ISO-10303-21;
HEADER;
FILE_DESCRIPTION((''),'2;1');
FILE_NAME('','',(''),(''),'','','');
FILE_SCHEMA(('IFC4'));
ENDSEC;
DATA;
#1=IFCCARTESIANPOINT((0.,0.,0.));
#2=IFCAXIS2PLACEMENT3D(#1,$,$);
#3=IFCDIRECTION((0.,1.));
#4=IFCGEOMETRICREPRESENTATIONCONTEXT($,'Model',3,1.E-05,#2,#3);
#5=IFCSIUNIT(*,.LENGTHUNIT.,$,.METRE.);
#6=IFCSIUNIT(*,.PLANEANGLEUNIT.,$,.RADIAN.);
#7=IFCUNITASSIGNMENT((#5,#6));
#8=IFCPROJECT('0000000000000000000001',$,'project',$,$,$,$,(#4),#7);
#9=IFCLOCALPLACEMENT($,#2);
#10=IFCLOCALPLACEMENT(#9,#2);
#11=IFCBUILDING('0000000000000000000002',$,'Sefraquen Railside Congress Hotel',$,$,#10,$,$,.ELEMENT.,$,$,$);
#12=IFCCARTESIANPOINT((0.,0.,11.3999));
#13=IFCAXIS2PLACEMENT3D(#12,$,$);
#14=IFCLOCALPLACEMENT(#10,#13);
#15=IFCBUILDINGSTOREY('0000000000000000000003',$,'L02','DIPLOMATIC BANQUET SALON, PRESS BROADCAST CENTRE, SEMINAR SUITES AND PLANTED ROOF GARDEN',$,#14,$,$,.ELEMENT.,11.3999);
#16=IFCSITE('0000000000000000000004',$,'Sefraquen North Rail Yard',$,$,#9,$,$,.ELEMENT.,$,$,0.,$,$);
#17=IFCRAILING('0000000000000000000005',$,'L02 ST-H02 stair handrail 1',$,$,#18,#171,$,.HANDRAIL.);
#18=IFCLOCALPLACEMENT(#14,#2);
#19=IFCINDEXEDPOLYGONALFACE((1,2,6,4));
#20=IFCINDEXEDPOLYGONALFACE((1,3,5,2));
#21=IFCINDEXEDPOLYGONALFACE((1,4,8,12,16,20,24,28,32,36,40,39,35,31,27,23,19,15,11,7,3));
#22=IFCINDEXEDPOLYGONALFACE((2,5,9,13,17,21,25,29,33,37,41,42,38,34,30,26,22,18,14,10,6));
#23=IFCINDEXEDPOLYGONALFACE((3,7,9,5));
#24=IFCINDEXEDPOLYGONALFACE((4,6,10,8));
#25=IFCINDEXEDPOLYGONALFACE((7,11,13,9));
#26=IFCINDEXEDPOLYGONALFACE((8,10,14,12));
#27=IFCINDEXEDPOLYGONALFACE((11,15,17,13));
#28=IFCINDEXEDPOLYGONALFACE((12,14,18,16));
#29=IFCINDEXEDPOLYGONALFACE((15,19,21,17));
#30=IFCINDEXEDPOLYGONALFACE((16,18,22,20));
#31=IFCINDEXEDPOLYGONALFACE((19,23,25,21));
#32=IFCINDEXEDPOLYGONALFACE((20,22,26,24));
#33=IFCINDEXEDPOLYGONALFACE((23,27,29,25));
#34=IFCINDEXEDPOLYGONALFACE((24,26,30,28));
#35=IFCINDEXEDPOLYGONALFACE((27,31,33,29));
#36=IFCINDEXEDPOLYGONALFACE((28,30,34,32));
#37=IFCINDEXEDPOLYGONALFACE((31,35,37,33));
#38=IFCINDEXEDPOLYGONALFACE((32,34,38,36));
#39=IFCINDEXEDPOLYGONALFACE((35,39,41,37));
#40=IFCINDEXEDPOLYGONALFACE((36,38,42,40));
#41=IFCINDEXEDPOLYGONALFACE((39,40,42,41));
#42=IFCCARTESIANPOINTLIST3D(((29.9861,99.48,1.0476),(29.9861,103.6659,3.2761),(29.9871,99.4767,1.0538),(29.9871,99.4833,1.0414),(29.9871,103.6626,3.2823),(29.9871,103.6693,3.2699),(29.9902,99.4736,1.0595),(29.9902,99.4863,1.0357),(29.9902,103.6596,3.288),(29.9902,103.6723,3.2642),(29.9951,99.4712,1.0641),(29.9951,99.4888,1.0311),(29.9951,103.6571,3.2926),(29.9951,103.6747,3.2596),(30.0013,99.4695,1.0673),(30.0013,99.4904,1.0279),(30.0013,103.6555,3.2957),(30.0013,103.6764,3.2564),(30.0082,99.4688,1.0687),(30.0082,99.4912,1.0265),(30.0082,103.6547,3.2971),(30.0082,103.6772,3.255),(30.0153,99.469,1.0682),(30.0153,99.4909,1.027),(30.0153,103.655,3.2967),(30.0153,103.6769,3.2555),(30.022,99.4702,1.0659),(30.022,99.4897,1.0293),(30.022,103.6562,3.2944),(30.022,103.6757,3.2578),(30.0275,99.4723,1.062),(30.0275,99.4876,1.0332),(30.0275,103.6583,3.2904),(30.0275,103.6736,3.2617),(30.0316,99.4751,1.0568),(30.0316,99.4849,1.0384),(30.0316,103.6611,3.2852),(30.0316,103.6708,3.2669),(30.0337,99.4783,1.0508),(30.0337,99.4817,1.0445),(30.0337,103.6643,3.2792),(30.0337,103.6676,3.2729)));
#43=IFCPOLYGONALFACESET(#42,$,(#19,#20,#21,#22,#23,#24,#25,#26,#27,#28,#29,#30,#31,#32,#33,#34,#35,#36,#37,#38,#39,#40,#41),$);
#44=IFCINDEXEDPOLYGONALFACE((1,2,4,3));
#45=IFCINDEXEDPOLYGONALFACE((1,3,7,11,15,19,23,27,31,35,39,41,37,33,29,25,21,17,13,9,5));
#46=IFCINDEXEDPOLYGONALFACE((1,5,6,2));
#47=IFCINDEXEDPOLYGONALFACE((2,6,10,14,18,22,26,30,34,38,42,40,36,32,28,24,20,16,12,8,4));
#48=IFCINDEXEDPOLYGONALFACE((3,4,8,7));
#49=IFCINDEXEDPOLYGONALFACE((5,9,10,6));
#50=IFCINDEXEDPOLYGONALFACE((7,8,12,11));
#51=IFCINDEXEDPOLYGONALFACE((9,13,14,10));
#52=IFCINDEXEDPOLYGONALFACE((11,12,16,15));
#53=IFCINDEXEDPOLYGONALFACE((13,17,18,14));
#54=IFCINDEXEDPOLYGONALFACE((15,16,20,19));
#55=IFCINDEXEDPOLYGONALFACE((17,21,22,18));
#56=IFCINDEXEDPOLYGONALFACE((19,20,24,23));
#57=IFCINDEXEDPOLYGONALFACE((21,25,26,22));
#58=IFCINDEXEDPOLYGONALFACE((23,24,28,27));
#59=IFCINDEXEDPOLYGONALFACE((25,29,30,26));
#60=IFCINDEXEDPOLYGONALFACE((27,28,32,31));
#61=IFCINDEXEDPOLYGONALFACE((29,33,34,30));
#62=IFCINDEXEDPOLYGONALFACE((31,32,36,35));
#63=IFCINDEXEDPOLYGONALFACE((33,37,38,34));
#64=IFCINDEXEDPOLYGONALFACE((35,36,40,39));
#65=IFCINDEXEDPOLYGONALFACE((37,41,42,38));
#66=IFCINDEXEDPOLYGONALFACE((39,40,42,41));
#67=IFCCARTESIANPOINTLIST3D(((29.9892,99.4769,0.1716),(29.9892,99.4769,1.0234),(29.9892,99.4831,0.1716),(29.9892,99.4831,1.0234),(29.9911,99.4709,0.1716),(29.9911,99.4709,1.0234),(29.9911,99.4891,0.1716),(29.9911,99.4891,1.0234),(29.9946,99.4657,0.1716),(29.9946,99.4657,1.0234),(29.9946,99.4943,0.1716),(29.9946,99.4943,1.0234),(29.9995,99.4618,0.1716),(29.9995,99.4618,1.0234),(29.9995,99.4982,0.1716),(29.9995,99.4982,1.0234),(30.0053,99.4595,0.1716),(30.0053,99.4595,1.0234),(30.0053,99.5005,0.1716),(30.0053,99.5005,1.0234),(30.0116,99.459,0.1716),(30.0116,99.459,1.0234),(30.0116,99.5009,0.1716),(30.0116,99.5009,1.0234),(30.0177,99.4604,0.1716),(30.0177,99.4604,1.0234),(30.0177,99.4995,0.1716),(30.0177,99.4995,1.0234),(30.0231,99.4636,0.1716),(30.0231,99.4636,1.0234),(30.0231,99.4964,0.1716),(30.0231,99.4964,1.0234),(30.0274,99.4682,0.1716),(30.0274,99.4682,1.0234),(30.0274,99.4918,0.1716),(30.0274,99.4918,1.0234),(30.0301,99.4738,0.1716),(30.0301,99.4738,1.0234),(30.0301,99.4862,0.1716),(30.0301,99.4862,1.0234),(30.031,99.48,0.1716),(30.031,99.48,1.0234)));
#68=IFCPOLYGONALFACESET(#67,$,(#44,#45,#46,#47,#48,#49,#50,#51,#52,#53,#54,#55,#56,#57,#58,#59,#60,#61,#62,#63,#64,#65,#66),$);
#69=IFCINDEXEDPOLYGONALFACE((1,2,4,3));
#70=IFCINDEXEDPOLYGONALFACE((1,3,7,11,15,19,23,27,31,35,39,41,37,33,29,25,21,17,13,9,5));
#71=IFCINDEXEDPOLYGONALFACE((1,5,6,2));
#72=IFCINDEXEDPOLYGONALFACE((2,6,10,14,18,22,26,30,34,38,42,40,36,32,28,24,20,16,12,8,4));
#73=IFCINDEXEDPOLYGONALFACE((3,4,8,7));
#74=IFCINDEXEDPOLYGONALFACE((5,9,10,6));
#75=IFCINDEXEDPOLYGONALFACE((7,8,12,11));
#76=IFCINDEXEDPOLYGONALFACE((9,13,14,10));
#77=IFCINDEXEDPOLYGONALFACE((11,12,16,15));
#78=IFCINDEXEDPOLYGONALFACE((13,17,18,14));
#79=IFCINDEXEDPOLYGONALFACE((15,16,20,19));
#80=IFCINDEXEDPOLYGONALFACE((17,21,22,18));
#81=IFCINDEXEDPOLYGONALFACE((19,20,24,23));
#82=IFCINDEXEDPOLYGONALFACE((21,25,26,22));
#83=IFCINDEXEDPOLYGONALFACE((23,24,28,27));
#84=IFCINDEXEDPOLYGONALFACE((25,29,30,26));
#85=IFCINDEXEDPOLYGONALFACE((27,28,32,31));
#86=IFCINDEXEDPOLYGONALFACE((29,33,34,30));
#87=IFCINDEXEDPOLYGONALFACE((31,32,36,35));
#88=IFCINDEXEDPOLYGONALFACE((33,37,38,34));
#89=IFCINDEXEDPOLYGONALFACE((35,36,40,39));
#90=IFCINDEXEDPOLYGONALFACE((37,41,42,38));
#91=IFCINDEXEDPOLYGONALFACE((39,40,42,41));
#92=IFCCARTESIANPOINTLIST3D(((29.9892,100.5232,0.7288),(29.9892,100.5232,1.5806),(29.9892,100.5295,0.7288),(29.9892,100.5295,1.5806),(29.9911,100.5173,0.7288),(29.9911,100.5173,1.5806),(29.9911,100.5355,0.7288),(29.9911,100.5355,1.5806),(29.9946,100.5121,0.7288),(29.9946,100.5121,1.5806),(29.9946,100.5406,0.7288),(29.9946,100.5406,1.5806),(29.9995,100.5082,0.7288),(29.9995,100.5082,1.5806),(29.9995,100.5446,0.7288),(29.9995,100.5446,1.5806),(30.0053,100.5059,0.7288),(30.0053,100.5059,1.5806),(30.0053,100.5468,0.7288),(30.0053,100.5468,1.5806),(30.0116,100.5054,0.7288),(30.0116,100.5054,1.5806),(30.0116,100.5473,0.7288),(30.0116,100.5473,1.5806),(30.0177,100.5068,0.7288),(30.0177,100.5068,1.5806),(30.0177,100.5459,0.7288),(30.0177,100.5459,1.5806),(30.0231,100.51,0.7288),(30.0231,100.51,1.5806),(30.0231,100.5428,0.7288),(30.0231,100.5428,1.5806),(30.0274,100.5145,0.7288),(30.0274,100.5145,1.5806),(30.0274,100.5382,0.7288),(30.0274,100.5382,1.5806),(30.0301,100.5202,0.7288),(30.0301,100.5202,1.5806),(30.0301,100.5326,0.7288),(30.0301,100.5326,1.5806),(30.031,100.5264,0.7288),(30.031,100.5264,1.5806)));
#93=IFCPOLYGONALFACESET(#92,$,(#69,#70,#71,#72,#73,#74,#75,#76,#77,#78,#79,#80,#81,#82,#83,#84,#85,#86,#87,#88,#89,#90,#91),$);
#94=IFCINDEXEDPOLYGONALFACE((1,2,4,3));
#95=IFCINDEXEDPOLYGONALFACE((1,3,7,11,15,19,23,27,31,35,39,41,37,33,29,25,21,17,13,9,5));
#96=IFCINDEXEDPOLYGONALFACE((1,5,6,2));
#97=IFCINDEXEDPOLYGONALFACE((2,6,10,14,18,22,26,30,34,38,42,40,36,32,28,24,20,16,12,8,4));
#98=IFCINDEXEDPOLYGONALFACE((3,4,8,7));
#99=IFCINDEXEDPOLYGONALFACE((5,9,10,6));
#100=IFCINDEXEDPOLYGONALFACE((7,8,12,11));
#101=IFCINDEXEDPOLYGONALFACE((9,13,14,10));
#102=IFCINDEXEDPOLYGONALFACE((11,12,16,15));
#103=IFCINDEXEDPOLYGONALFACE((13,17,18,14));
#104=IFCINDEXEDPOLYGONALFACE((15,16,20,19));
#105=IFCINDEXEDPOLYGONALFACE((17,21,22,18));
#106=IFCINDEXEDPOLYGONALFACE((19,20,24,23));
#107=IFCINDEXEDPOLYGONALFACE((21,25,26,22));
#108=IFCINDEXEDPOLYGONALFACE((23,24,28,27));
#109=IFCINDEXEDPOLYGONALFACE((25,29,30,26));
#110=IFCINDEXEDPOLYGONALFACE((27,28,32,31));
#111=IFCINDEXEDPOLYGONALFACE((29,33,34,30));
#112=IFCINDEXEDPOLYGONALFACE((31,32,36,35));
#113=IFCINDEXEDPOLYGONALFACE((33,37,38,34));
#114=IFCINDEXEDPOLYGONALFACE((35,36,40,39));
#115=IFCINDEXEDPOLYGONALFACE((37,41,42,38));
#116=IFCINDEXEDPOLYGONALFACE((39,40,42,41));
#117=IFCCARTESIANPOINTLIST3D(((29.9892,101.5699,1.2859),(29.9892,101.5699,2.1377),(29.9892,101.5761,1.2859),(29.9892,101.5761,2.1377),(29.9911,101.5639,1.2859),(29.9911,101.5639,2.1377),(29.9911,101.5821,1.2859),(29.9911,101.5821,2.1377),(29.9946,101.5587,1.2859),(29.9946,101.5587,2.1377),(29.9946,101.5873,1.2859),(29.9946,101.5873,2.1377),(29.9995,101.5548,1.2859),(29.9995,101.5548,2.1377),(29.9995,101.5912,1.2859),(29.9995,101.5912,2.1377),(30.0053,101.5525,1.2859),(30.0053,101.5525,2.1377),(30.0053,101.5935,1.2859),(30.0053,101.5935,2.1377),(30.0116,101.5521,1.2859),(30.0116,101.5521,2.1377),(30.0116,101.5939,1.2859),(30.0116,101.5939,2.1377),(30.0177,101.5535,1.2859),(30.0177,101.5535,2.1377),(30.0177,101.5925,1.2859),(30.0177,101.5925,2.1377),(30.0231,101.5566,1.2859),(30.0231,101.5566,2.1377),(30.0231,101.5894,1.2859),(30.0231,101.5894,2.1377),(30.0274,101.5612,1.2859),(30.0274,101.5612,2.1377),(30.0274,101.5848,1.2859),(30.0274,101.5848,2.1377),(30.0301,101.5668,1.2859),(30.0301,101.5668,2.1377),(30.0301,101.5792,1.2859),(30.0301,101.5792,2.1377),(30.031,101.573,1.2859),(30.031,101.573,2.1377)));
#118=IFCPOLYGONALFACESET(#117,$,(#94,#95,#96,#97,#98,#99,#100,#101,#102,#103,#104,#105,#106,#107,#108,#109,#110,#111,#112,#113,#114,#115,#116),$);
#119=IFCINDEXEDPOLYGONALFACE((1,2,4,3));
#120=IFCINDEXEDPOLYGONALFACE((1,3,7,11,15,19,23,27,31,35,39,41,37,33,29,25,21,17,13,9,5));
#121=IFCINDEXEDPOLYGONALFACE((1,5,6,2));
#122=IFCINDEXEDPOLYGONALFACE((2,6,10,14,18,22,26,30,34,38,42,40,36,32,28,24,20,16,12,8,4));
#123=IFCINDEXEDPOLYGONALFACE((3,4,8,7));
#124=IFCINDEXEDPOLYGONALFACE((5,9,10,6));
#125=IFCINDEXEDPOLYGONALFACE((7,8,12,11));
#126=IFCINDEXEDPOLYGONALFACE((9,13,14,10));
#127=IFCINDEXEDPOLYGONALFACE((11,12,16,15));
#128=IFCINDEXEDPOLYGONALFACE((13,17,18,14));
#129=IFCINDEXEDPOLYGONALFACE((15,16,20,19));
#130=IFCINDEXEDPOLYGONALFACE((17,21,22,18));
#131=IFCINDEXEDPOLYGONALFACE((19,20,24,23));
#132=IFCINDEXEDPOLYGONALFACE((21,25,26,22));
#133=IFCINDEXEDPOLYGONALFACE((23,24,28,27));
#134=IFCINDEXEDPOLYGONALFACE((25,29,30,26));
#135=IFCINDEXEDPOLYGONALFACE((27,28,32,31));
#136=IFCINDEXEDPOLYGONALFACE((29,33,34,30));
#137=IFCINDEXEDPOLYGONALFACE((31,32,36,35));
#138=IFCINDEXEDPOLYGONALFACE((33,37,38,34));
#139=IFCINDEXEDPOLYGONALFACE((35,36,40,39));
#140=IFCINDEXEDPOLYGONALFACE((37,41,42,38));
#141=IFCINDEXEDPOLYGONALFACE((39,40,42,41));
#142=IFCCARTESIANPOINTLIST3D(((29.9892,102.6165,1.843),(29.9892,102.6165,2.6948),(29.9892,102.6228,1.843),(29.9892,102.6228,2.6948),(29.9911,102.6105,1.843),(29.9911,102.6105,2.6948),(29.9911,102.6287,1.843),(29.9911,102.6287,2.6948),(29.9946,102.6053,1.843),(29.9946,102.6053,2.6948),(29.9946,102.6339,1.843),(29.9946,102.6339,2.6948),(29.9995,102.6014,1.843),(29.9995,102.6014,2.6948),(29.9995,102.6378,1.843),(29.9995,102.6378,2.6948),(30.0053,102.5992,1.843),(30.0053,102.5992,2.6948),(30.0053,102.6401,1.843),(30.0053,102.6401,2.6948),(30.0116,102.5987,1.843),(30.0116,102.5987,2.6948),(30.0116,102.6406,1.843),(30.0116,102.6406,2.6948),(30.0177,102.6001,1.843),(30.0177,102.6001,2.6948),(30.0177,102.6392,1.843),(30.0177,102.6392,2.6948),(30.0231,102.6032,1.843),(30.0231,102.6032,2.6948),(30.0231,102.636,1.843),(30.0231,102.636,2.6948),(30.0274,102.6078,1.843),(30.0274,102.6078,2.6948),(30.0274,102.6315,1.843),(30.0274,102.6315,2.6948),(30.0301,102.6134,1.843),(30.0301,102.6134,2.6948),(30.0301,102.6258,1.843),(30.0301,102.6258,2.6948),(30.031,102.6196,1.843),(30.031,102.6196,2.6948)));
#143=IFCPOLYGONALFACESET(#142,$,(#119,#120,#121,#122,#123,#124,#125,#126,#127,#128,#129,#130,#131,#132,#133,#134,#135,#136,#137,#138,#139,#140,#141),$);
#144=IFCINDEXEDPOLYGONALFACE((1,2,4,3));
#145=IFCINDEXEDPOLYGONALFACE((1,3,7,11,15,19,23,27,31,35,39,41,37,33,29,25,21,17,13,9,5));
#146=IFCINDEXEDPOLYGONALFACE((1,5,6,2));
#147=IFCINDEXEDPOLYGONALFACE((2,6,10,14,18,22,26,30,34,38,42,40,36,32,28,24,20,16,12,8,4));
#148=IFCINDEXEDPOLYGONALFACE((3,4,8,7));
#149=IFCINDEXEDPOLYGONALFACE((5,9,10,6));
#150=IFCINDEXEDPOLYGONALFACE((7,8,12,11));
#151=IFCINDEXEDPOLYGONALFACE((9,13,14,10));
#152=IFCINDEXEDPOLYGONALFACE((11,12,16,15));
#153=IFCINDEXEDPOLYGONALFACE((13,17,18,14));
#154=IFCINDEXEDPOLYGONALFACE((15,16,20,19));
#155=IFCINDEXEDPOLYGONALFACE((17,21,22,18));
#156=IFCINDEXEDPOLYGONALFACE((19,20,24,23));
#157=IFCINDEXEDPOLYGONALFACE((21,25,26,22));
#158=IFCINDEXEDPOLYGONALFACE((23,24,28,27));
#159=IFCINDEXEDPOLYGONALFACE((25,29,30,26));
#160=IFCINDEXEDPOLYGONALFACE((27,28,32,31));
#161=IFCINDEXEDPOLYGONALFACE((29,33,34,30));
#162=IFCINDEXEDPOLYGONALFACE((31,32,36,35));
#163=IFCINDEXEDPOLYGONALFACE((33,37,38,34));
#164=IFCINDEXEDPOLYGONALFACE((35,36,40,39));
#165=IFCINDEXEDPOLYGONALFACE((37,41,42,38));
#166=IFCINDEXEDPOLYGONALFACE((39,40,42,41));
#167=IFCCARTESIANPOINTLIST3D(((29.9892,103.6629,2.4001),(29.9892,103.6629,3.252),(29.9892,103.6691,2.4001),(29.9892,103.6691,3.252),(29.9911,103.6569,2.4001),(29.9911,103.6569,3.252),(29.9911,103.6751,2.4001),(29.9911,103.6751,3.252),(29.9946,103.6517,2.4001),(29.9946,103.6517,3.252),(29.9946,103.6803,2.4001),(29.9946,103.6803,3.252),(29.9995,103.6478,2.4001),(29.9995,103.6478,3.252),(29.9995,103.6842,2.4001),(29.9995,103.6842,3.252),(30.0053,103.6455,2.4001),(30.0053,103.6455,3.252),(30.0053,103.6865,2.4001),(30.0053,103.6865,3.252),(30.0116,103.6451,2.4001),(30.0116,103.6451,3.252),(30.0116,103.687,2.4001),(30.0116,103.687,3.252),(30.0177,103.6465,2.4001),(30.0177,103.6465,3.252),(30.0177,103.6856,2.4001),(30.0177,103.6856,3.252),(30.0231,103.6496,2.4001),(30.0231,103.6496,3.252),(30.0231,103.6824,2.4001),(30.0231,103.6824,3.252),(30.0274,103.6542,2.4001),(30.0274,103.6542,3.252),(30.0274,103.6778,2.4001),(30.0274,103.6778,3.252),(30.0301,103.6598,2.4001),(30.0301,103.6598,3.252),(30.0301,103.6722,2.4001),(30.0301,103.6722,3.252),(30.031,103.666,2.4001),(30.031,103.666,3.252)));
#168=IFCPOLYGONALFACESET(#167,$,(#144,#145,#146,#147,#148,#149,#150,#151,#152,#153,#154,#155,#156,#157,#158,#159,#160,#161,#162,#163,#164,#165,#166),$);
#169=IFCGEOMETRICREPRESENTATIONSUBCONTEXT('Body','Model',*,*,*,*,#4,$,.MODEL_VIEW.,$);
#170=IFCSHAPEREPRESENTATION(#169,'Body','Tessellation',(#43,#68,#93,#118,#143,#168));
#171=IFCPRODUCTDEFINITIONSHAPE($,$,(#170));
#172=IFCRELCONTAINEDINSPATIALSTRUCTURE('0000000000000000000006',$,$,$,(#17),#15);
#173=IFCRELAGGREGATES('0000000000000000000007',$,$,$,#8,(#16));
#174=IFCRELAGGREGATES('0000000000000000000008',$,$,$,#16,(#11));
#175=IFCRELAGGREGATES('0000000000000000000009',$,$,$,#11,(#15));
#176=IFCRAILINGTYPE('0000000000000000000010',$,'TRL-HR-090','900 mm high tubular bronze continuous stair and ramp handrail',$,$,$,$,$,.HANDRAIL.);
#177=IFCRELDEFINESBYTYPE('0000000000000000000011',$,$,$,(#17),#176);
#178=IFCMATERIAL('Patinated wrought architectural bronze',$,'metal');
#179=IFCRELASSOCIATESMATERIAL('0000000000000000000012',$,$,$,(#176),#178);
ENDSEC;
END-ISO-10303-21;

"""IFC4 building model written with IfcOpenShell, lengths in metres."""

from ifc_helpers import new_model, si_unit, direction, frame, origin, origin_2d, place, context, subcontext, project, spatial, circle, extrude, material, type_object, element, save


model = new_model("IFC4")

# Units and contexts
model_context = context("Model", 3, precision=1e-05, world=origin(), true_north=direction((0.0, 1.0)))
body_context = subcontext(model_context, "Body", "Model", "MODEL_VIEW")
ifc_project = project(units=[si_unit("LENGTHUNIT", "METRE"), si_unit("PLANEANGLEUNIT", "RADIAN")], contexts=[model_context])

# Site, building, storey
site_placement = place(None, origin())
site = spatial("IfcSite", under=ifc_project, at=site_placement, Name="Sefraquen North Rail Yard", CompositionType="ELEMENT", RefElevation=0.0)
building_placement = place(site_placement, origin())
building = spatial("IfcBuilding", under=site, at=building_placement, Name="Sefraquen Railside Congress Hotel", CompositionType="ELEMENT")
storey_placement = place(building_placement, frame((0.0, 0.0, 11.3999)))
storey = spatial("IfcBuildingStorey", under=building, at=storey_placement, Name="L02", Description="DIPLOMATIC BANQUET SALON, PRESS BROADCAST CENTRE, SEMINAR SUITES AND PLANTED ROOF GARDEN", CompositionType="ELEMENT", Elevation=11.3999)

# Railing
ifc_material_1 = material(Name="Patinated wrought architectural bronze", Category="metal")
railing_type_1 = type_object("IfcRailingType", Name="TRL-HR-090", Description="900 mm high tubular bronze continuous stair and ramp handrail", PredefinedType="HANDRAIL", material=ifc_material_1)
railing_1_placement = place(storey_placement, frame((30.01, 99.48, 0.1716)))
element("IfcRailing", 1, at=railing_1_placement, inside=storey, type_object=railing_type_1, Name="L02 ST-H02 stair handrail 1", PredefinedType="HANDRAIL", context=body_context, shape_type="SweptSolid", body=[
    extrude(circle(Radius=0.0239, at=origin_2d()), frame((0.0, 0.0, 0.876), z_axis=(0.0, 0.882706, 0.469925), x_axis=(-1.0, 0.0, 0.0)), (0.0, 0.0, 1.0), 4.7422),
    extrude(circle(Radius=0.021, at=origin_2d()), origin(), (0.0, 0.0, 1.0), 0.8518),
    extrude(circle(Radius=0.021, at=origin_2d()), frame((0.0, 1.0464, 0.5571)), (0.0, 0.0, 1.0), 0.8518),
    extrude(circle(Radius=0.021, at=origin_2d()), frame((0.0, 2.093, 1.1143)), (0.0, 0.0, 1.0), 0.8518),
    extrude(circle(Radius=0.021, at=origin_2d()), frame((0.0, 3.1396, 1.6714)), (0.0, 0.0, 1.0), 0.8518),
    extrude(circle(Radius=0.021, at=origin_2d()), frame((0.0, 4.186, 2.2285)), (0.0, 0.0, 1.0), 0.8518),
])

save(model, "model.ifc")
